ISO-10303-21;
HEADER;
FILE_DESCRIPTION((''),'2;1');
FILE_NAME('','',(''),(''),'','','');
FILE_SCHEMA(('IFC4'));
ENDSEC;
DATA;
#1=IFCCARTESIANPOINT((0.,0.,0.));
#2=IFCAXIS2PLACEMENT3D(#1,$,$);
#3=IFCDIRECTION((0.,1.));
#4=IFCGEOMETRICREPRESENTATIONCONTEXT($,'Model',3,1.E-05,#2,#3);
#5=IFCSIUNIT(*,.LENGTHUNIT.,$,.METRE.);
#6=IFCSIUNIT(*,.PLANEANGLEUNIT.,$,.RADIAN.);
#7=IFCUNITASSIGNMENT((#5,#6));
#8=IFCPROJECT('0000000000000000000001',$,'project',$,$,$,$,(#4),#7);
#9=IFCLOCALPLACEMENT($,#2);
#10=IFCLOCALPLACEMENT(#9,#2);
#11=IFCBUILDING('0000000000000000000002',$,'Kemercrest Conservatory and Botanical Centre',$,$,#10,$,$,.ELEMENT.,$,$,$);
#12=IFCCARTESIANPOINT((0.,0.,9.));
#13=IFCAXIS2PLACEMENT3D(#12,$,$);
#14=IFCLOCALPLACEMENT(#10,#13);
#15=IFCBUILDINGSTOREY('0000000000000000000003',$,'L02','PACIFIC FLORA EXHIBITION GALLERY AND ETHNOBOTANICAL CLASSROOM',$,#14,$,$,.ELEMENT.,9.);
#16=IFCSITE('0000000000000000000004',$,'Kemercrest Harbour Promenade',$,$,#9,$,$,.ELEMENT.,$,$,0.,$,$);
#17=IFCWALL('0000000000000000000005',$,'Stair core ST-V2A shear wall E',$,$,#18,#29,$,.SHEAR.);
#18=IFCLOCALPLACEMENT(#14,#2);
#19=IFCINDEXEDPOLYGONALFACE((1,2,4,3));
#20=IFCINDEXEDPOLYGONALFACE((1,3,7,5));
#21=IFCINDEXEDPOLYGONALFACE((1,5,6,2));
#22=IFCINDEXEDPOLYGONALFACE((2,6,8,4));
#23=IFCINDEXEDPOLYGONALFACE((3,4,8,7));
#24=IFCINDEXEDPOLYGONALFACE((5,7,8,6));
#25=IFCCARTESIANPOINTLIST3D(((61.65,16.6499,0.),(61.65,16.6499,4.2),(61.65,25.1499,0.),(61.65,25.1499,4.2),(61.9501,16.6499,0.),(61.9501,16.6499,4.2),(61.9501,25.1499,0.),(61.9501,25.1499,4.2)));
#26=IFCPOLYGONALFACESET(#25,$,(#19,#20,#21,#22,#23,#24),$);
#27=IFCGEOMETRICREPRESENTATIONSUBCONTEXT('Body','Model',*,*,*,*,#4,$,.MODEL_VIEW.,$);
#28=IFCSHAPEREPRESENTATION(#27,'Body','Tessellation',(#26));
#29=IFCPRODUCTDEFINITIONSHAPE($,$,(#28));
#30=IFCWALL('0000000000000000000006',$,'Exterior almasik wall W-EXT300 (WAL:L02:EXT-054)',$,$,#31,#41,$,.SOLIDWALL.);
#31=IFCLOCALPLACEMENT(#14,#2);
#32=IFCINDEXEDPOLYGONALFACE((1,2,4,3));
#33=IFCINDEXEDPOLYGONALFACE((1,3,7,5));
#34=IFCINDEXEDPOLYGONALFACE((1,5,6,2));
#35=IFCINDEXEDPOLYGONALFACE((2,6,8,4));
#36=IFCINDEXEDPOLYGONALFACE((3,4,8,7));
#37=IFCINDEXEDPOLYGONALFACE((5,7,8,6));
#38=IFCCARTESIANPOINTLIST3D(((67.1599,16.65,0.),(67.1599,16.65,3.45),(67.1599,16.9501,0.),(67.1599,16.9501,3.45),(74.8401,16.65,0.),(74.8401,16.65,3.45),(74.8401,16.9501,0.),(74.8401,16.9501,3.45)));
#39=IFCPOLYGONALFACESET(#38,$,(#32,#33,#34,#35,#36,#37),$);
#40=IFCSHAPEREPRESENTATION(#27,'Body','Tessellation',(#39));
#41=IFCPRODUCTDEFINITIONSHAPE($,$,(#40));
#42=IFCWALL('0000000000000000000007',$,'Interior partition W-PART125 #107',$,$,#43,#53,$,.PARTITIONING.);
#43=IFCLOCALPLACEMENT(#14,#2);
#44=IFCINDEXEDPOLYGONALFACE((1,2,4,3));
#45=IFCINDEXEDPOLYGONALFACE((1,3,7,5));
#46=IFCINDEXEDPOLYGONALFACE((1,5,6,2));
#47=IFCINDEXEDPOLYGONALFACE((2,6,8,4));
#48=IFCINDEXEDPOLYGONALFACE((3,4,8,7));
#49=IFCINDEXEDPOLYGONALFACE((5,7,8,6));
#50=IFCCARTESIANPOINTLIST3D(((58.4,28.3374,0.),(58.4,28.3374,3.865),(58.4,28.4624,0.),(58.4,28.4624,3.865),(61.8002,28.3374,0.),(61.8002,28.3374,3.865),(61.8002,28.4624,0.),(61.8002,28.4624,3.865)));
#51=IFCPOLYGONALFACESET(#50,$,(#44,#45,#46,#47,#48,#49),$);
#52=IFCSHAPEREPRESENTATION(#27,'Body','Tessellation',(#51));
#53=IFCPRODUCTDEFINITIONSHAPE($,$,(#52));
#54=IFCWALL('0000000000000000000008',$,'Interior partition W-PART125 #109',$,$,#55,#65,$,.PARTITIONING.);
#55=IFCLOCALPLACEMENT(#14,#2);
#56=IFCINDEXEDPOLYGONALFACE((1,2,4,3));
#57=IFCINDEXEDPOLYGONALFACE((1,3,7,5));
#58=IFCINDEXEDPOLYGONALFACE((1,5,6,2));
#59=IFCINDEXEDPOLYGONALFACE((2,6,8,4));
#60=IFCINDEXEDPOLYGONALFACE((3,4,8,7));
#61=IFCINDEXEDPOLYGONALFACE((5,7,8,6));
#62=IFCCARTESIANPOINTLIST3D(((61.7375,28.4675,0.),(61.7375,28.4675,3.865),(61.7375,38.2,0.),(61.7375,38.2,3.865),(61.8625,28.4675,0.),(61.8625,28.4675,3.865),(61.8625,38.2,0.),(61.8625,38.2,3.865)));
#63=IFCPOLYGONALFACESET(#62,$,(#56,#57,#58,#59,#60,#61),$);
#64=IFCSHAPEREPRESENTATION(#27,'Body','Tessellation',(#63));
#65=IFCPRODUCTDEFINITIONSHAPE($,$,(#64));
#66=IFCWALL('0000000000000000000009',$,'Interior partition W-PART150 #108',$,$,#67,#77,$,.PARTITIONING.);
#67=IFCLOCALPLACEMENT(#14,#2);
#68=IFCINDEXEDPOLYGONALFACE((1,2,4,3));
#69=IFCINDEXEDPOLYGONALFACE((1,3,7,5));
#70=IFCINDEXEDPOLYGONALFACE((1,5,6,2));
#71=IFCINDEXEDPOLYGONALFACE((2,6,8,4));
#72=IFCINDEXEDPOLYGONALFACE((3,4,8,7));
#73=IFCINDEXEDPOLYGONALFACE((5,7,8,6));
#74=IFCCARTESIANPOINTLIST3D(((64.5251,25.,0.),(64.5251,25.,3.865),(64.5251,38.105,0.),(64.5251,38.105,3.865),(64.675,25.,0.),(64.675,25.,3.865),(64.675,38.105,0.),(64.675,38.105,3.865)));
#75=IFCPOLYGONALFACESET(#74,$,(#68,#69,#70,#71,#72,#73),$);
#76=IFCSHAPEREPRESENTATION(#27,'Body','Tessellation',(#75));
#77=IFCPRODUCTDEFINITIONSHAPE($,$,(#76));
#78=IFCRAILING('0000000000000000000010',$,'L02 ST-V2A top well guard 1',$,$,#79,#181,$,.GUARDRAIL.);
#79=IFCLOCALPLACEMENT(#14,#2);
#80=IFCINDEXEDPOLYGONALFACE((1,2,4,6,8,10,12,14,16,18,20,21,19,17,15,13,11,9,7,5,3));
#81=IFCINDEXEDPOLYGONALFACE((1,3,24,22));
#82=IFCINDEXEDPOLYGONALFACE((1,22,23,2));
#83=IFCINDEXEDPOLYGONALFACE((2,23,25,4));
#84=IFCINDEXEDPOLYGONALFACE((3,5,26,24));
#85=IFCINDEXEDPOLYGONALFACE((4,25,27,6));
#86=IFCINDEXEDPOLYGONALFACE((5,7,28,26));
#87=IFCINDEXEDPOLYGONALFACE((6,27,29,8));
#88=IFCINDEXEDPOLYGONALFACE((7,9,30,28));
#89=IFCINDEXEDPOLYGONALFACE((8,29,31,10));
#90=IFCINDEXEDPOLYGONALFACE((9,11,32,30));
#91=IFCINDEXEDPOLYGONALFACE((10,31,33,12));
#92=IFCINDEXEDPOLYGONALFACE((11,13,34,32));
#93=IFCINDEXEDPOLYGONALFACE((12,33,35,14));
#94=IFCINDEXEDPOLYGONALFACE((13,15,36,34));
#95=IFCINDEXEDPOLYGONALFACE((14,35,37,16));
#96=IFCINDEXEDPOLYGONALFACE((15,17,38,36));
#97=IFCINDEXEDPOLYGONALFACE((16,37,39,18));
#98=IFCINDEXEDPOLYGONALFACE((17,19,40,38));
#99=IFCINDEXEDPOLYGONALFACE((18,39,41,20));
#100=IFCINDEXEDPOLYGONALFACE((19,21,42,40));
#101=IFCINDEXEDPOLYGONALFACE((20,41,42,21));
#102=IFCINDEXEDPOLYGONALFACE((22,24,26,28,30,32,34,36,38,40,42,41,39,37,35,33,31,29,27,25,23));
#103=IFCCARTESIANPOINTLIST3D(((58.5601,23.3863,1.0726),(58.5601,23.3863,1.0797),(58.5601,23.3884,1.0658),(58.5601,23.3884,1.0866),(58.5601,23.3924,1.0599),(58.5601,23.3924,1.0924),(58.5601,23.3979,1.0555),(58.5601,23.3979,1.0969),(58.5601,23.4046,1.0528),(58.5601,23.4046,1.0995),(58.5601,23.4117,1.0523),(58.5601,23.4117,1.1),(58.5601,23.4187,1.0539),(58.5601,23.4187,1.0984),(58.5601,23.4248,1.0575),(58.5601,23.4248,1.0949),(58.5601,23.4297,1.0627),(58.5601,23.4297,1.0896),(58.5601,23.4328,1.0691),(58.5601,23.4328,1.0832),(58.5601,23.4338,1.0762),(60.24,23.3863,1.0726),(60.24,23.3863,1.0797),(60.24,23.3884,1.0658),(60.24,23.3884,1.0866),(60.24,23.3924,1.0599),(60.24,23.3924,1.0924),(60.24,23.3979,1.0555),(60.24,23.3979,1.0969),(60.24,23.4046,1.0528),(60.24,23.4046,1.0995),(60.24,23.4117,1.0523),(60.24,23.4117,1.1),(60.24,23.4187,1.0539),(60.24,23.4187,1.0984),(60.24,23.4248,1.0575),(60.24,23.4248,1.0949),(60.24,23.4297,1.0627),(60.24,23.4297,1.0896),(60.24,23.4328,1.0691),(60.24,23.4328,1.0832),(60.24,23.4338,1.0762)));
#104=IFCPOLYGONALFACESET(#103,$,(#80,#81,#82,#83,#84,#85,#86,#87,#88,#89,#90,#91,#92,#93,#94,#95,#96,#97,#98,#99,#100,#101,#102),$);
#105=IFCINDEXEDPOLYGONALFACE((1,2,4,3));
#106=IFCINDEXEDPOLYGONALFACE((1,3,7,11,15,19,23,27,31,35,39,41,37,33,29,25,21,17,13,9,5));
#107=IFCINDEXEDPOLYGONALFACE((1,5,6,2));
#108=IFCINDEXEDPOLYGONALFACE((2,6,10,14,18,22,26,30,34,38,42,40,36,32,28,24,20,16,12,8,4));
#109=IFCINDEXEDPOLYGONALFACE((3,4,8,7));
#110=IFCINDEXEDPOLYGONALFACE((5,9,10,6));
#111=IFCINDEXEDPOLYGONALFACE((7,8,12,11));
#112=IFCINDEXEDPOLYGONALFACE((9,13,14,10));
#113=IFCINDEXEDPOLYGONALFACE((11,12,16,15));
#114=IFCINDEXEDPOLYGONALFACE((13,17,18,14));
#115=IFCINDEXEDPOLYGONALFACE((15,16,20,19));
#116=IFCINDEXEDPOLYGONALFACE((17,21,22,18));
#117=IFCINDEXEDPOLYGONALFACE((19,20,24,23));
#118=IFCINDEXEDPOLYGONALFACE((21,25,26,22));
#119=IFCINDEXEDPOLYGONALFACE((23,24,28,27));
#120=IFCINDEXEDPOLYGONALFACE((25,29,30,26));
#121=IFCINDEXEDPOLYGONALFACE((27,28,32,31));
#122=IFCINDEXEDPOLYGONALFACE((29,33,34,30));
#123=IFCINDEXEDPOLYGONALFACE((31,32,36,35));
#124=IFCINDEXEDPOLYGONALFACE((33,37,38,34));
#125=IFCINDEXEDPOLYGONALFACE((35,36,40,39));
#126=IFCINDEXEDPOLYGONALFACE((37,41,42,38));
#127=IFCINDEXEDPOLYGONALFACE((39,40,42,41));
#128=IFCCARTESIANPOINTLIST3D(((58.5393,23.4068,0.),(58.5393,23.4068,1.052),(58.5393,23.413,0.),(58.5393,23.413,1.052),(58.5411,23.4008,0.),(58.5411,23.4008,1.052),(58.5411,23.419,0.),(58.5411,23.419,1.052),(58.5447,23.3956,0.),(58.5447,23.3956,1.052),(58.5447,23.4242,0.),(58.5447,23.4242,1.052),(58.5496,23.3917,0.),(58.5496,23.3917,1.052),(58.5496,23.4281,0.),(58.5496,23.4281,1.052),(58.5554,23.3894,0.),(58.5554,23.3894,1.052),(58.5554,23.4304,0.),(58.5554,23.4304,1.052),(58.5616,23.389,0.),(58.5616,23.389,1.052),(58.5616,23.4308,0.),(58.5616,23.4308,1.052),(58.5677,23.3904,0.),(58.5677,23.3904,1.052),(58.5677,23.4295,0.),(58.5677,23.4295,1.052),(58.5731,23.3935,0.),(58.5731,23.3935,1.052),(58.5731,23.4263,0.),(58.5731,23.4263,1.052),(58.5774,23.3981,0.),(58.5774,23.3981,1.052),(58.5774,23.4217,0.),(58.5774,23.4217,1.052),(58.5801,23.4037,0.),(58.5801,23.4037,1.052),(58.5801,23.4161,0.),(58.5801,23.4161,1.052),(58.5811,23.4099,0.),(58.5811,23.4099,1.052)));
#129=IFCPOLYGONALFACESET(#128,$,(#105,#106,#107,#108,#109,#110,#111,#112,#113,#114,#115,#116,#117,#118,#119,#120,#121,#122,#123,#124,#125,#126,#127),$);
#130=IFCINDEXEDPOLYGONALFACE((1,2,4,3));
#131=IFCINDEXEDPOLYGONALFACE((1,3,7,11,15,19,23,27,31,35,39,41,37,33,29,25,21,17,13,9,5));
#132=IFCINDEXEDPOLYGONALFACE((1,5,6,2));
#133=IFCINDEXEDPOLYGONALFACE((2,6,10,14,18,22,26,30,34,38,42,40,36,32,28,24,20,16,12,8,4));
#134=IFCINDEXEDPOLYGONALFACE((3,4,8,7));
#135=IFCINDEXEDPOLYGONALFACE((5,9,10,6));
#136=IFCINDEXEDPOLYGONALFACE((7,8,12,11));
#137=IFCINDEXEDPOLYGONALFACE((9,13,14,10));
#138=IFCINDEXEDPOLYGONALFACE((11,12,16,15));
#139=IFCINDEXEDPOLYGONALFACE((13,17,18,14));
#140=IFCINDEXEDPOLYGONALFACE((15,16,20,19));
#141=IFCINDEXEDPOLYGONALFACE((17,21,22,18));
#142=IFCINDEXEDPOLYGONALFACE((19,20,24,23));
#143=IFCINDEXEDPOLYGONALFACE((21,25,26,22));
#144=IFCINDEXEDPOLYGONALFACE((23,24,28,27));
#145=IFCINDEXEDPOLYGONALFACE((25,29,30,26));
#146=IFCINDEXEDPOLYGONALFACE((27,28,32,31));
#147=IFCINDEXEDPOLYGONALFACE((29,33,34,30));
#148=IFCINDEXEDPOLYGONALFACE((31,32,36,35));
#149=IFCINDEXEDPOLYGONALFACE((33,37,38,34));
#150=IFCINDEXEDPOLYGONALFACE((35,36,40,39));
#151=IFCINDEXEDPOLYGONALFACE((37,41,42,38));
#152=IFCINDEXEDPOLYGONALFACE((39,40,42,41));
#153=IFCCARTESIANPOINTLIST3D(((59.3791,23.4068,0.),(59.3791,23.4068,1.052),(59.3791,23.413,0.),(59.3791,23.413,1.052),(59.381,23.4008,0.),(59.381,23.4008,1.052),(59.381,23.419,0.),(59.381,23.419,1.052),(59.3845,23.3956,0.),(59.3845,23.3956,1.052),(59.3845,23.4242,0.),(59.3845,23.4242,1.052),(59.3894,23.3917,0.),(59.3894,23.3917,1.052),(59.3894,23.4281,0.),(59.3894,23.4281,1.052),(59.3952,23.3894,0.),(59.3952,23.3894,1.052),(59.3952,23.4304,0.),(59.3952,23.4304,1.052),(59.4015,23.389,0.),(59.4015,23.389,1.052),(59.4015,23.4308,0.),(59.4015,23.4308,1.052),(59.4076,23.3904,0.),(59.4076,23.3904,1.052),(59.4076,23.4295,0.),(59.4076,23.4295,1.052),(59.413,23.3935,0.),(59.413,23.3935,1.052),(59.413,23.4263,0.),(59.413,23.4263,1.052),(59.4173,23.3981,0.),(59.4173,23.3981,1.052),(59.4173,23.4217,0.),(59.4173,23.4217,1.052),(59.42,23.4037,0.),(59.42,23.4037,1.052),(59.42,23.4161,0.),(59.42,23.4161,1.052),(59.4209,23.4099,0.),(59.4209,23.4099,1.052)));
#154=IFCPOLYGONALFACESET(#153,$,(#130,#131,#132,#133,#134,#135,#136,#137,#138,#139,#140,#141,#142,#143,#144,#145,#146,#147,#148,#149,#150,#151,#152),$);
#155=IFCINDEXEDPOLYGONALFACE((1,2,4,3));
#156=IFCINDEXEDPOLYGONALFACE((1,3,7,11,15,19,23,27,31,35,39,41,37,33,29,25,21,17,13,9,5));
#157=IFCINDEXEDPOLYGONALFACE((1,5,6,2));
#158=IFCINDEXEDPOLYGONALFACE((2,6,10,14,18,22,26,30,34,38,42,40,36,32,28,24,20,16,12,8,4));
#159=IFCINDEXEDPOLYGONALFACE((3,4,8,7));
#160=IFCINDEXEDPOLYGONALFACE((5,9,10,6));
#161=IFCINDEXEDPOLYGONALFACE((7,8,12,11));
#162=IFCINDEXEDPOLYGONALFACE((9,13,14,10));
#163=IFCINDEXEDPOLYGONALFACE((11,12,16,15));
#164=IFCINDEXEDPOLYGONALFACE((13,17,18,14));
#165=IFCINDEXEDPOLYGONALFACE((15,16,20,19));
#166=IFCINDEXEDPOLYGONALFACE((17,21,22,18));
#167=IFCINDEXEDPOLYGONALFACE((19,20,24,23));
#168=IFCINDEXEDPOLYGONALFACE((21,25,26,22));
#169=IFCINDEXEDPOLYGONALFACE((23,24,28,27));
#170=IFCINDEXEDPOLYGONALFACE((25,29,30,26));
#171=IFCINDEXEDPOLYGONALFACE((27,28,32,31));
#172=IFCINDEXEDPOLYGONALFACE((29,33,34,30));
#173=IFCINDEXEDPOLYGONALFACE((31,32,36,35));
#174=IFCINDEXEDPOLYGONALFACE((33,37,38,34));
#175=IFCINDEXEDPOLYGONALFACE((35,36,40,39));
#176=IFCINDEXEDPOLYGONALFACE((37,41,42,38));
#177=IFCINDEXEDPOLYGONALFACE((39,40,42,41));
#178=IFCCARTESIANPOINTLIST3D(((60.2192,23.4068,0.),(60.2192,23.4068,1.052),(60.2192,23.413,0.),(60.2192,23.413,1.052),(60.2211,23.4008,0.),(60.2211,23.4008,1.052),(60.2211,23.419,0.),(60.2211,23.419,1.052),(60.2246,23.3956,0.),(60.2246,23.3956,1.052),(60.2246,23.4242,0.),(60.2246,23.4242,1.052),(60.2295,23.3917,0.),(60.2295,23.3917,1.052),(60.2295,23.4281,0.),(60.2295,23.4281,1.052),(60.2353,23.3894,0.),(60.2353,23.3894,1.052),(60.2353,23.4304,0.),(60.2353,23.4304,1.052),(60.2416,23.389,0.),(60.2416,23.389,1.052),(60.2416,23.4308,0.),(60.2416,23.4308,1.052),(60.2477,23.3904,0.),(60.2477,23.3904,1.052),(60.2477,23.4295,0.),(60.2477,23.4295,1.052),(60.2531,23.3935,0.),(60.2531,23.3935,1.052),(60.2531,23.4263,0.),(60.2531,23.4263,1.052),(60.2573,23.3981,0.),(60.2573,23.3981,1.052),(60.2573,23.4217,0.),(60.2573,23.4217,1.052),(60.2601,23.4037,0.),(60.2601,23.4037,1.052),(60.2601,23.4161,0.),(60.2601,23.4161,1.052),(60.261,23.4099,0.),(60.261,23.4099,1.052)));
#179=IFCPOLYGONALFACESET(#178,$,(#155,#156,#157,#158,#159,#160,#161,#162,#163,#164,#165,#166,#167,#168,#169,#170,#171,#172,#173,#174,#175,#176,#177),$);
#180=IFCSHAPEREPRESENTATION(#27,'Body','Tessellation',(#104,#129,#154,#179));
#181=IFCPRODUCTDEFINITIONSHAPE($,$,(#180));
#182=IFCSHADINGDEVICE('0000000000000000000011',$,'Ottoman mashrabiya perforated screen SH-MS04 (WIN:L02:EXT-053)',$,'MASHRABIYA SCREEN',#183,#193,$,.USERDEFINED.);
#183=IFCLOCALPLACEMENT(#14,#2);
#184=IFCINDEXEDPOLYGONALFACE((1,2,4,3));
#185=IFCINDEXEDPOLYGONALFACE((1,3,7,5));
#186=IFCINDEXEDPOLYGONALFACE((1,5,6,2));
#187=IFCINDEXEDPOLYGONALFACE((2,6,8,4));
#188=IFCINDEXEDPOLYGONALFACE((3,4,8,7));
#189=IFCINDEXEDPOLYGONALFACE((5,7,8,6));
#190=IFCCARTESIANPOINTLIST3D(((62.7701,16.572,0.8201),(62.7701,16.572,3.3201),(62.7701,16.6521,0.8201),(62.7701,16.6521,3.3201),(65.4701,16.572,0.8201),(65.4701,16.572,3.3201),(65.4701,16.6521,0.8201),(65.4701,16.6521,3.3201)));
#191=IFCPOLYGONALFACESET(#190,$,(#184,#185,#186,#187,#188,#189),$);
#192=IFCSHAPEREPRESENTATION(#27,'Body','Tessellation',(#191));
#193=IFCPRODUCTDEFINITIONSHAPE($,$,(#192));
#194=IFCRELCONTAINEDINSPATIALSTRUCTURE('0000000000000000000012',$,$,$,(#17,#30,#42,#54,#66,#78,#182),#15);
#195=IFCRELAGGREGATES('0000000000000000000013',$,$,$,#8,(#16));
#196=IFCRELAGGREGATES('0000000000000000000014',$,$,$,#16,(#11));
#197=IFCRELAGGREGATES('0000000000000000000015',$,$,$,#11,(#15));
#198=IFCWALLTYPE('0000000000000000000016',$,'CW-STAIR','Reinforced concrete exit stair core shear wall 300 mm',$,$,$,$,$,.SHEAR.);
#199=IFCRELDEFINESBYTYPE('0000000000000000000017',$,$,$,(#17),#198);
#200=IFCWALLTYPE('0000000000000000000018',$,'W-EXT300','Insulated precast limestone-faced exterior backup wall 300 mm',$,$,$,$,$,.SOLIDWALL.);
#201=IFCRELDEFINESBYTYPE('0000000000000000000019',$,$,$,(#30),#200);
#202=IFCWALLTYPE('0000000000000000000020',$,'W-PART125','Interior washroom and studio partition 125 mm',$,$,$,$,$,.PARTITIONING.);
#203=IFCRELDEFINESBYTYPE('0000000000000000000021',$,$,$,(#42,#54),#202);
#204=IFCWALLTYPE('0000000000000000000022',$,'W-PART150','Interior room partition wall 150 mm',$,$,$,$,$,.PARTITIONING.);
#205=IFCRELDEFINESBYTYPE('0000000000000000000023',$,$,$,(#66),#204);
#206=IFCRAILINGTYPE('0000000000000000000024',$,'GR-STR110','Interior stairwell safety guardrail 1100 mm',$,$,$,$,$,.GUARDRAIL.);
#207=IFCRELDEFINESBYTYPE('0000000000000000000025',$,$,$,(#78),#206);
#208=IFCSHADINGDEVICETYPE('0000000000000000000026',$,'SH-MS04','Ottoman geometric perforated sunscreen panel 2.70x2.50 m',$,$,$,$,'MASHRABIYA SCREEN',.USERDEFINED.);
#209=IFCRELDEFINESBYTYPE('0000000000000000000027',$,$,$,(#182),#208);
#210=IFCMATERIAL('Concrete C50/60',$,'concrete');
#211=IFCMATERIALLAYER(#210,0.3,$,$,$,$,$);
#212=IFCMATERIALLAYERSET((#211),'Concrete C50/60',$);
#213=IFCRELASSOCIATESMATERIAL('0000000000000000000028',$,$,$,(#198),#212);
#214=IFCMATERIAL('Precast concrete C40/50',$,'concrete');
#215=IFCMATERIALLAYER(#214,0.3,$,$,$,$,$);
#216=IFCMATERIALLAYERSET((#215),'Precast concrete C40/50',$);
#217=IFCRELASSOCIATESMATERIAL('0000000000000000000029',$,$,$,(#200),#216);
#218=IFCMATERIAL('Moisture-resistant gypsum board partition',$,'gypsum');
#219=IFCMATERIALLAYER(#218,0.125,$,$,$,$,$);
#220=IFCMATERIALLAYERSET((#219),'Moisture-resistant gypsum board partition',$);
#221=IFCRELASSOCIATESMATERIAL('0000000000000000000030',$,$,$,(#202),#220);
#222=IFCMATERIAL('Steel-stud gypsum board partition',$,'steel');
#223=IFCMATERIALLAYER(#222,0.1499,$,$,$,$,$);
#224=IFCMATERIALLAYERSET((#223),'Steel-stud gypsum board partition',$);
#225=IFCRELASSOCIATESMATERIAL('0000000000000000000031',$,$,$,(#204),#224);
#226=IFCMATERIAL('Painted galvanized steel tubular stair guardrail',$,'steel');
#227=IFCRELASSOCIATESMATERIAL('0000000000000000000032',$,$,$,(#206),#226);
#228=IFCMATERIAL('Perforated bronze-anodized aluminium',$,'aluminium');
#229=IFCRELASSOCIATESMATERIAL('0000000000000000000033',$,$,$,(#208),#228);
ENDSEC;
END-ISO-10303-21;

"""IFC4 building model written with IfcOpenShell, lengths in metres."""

from ifc_helpers import new_model, si_unit, direction, frame, frame_2d, origin, origin_2d, place, context, subcontext, project, spatial, rectangle, circle, extrude, material, layer, layer_set, type_object, element, save


model = new_model("IFC4")

# Units and contexts
model_context = context("Model", 3, precision=1e-05, world=origin(), true_north=direction((0.0, 1.0)))
body_context = subcontext(model_context, "Body", "Model", "MODEL_VIEW")
ifc_project = project(units=[si_unit("LENGTHUNIT", "METRE"), si_unit("PLANEANGLEUNIT", "RADIAN")], contexts=[model_context])

# Site, building, storey
site_placement = place(None, origin())
site = spatial("IfcSite", under=ifc_project, at=site_placement, Name="Kemercrest Harbour Promenade", CompositionType="ELEMENT", RefElevation=0.0)
building_placement = place(site_placement, origin())
building = spatial("IfcBuilding", under=site, at=building_placement, Name="Kemercrest Conservatory and Botanical Centre", CompositionType="ELEMENT")
storey_placement = place(building_placement, frame((0.0, 0.0, 9.0)))
storey = spatial("IfcBuildingStorey", under=building, at=storey_placement, Name="L02", Description="PACIFIC FLORA EXHIBITION GALLERY AND ETHNOBOTANICAL CLASSROOM", CompositionType="ELEMENT", Elevation=9.0)

# Shared definitions
ifc_material_1 = material(Name="Concrete C50/60", Category="concrete")

# Shared definitions
ifc_material_2 = material(Name="Precast concrete C40/50", Category="concrete")

# Walls
ifc_layer_1 = layer(ifc_material_1, 0.3)
ifc_layer_set_1 = layer_set([ifc_layer_1], Name="Concrete C50/60")
wall_type_1 = type_object("IfcWallType", Name="CW-STAIR", Description="Reinforced concrete exit stair core shear wall 300 mm", PredefinedType="SHEAR", material=ifc_layer_set_1)
wall_1_placement = place(storey_placement, frame((61.8, 16.6499, 0.0), z_axis=(0.0, 0.0, 1.0), x_axis=(0.0, 1.0, 0.0)))
element("IfcWall", 1, at=wall_1_placement, inside=storey, type_object=wall_type_1, Name="Stair core ST-V2A shear wall E", PredefinedType="SHEAR", context=body_context, shape_type="SweptSolid", body=[
    extrude(rectangle(XDim=8.5, YDim=0.3, at=frame_2d((4.25, 0.0))), origin(), (0.0, 0.0, 1.0), 4.2),
])
ifc_layer_2 = layer(ifc_material_2, 0.3)
ifc_layer_set_2 = layer_set([ifc_layer_2], Name="Precast concrete C40/50")
wall_type_2 = type_object("IfcWallType", Name="W-EXT300", Description="Insulated precast limestone-faced exterior backup wall 300 mm", PredefinedType="SOLIDWALL", material=ifc_layer_set_2)
wall_2_placement = place(storey_placement, frame((67.1599, 16.8, 0.0), z_axis=(0.0, 0.0, 1.0), x_axis=(1.0, 0.0, 0.0)))
element("IfcWall", 2, at=wall_2_placement, inside=storey, type_object=wall_type_2, Name="Exterior almasik wall W-EXT300 (WAL:L02:EXT-054)", PredefinedType="SOLIDWALL", context=body_context, shape_type="SweptSolid", body=[
    extrude(rectangle(XDim=7.6802, YDim=0.3, at=frame_2d((3.8401, 0.0))), origin(), (0.0, 0.0, 1.0), 3.45),
])
ifc_material_3 = material(Name="Moisture-resistant gypsum board partition", Category="gypsum")
ifc_layer_3 = layer(ifc_material_3, 0.125)
ifc_layer_set_3 = layer_set([ifc_layer_3], Name="Moisture-resistant gypsum board partition")
wall_type_3 = type_object("IfcWallType", Name="W-PART125", Description="Interior washroom and studio partition 125 mm", PredefinedType="PARTITIONING", material=ifc_layer_set_3)
wall_3_placement = place(storey_placement, frame((58.3999, 28.3999, 0.0), z_axis=(0.0, 0.0, 1.0), x_axis=(1.0, 0.0, 0.0)))
element("IfcWall", 3, at=wall_3_placement, inside=storey, type_object=wall_type_3, Name="Interior partition W-PART125 #107", PredefinedType="PARTITIONING", context=body_context, shape_type="SweptSolid", body=[
    extrude(rectangle(XDim=3.4001, YDim=0.125, at=frame_2d((1.7002, 0.0))), origin(), (0.0, 0.0, 1.0), 3.865),
])
wall_4_placement = place(storey_placement, frame((61.8, 28.4675, 0.0), z_axis=(0.0, 0.0, 1.0), x_axis=(0.0, 1.0, 0.0)))
element("IfcWall", 4, at=wall_4_placement, inside=storey, type_object=wall_type_3, Name="Interior partition W-PART125 #109", PredefinedType="PARTITIONING", context=body_context, shape_type="SweptSolid", body=[
    extrude(rectangle(XDim=9.7324, YDim=0.125, at=frame_2d((4.8662, 0.0))), origin(), (0.0, 0.0, 1.0), 3.865),
])
ifc_material_4 = material(Name="Steel-stud gypsum board partition", Category="steel")
ifc_layer_4 = layer(ifc_material_4, 0.1499)
ifc_layer_set_4 = layer_set([ifc_layer_4], Name="Steel-stud gypsum board partition")
wall_type_4 = type_object("IfcWallType", Name="W-PART150", Description="Interior room partition wall 150 mm", PredefinedType="PARTITIONING", material=ifc_layer_set_4)
wall_5_placement = place(storey_placement, frame((64.6001, 25.0, 0.0), z_axis=(0.0, 0.0, 1.0), x_axis=(0.0, 1.0, 0.0)))
element("IfcWall", 5, at=wall_5_placement, inside=storey, type_object=wall_type_4, Name="Interior partition W-PART150 #108", PredefinedType="PARTITIONING", context=body_context, shape_type="SweptSolid", body=[
    extrude(rectangle(XDim=13.105, YDim=0.1499, at=frame_2d((6.5525, 0.0))), origin(), (0.0, 0.0, 1.0), 3.865),
])

# Railing
ifc_material_5 = material(Name="Painted galvanized steel tubular stair guardrail", Category="steel")
railing_type_1 = type_object("IfcRailingType", Name="GR-STR110", Description="Interior stairwell safety guardrail 1100 mm", PredefinedType="GUARDRAIL", material=ifc_material_5)
railing_1_placement = place(storey_placement, frame((58.5601, 23.4099, 0.0)))
element("IfcRailing", 6, at=railing_1_placement, inside=storey, type_object=railing_type_1, Name="L02 ST-V2A top well guard 1", PredefinedType="GUARDRAIL", context=body_context, shape_type="SweptSolid", body=[
    extrude(circle(Radius=0.0239, at=origin_2d()), frame((0.0, 0.0, 1.0762), z_axis=(1.0, 0.0, 0.0), x_axis=(0.0, 1.0, 0.0)), (0.0, 0.0, 1.0), 1.6799),
    extrude(circle(Radius=0.021, at=origin_2d()), origin(), (0.0, 0.0, 1.0), 1.052),
    extrude(circle(Radius=0.021, at=origin_2d()), frame((0.8398, 0.0, 0.0)), (0.0, 0.0, 1.0), 1.052),
    extrude(circle(Radius=0.021, at=origin_2d()), frame((1.6799, 0.0, 0.0)), (0.0, 0.0, 1.0), 1.052),
])

# Shading device
ifc_material_6 = material(Name="Perforated bronze-anodized aluminium", Category="aluminium")
shading_device_type = type_object("IfcShadingDeviceType", Name="SH-MS04", Description="Ottoman geometric perforated sunscreen panel 2.70x2.50 m", ElementType="MASHRABIYA SCREEN", PredefinedType="USERDEFINED", material=ifc_material_6)
shading_device_placement = place(storey_placement, frame((64.1201, 16.6121, 0.8201), z_axis=(0.0, 0.0, 1.0), x_axis=(1.0, 0.0, 0.0)))
element("IfcShadingDevice", 7, at=shading_device_placement, inside=storey, type_object=shading_device_type, Name="Ottoman mashrabiya perforated screen SH-MS04 (WIN:L02:EXT-053)", ObjectType="MASHRABIYA SCREEN", PredefinedType="USERDEFINED", context=body_context, shape_type="SweptSolid", body=[
    extrude(rectangle(XDim=2.7, YDim=0.0801, at=origin_2d()), origin(), (0.0, 0.0, 1.0), 2.5),
])

save(model, "model.ifc")
